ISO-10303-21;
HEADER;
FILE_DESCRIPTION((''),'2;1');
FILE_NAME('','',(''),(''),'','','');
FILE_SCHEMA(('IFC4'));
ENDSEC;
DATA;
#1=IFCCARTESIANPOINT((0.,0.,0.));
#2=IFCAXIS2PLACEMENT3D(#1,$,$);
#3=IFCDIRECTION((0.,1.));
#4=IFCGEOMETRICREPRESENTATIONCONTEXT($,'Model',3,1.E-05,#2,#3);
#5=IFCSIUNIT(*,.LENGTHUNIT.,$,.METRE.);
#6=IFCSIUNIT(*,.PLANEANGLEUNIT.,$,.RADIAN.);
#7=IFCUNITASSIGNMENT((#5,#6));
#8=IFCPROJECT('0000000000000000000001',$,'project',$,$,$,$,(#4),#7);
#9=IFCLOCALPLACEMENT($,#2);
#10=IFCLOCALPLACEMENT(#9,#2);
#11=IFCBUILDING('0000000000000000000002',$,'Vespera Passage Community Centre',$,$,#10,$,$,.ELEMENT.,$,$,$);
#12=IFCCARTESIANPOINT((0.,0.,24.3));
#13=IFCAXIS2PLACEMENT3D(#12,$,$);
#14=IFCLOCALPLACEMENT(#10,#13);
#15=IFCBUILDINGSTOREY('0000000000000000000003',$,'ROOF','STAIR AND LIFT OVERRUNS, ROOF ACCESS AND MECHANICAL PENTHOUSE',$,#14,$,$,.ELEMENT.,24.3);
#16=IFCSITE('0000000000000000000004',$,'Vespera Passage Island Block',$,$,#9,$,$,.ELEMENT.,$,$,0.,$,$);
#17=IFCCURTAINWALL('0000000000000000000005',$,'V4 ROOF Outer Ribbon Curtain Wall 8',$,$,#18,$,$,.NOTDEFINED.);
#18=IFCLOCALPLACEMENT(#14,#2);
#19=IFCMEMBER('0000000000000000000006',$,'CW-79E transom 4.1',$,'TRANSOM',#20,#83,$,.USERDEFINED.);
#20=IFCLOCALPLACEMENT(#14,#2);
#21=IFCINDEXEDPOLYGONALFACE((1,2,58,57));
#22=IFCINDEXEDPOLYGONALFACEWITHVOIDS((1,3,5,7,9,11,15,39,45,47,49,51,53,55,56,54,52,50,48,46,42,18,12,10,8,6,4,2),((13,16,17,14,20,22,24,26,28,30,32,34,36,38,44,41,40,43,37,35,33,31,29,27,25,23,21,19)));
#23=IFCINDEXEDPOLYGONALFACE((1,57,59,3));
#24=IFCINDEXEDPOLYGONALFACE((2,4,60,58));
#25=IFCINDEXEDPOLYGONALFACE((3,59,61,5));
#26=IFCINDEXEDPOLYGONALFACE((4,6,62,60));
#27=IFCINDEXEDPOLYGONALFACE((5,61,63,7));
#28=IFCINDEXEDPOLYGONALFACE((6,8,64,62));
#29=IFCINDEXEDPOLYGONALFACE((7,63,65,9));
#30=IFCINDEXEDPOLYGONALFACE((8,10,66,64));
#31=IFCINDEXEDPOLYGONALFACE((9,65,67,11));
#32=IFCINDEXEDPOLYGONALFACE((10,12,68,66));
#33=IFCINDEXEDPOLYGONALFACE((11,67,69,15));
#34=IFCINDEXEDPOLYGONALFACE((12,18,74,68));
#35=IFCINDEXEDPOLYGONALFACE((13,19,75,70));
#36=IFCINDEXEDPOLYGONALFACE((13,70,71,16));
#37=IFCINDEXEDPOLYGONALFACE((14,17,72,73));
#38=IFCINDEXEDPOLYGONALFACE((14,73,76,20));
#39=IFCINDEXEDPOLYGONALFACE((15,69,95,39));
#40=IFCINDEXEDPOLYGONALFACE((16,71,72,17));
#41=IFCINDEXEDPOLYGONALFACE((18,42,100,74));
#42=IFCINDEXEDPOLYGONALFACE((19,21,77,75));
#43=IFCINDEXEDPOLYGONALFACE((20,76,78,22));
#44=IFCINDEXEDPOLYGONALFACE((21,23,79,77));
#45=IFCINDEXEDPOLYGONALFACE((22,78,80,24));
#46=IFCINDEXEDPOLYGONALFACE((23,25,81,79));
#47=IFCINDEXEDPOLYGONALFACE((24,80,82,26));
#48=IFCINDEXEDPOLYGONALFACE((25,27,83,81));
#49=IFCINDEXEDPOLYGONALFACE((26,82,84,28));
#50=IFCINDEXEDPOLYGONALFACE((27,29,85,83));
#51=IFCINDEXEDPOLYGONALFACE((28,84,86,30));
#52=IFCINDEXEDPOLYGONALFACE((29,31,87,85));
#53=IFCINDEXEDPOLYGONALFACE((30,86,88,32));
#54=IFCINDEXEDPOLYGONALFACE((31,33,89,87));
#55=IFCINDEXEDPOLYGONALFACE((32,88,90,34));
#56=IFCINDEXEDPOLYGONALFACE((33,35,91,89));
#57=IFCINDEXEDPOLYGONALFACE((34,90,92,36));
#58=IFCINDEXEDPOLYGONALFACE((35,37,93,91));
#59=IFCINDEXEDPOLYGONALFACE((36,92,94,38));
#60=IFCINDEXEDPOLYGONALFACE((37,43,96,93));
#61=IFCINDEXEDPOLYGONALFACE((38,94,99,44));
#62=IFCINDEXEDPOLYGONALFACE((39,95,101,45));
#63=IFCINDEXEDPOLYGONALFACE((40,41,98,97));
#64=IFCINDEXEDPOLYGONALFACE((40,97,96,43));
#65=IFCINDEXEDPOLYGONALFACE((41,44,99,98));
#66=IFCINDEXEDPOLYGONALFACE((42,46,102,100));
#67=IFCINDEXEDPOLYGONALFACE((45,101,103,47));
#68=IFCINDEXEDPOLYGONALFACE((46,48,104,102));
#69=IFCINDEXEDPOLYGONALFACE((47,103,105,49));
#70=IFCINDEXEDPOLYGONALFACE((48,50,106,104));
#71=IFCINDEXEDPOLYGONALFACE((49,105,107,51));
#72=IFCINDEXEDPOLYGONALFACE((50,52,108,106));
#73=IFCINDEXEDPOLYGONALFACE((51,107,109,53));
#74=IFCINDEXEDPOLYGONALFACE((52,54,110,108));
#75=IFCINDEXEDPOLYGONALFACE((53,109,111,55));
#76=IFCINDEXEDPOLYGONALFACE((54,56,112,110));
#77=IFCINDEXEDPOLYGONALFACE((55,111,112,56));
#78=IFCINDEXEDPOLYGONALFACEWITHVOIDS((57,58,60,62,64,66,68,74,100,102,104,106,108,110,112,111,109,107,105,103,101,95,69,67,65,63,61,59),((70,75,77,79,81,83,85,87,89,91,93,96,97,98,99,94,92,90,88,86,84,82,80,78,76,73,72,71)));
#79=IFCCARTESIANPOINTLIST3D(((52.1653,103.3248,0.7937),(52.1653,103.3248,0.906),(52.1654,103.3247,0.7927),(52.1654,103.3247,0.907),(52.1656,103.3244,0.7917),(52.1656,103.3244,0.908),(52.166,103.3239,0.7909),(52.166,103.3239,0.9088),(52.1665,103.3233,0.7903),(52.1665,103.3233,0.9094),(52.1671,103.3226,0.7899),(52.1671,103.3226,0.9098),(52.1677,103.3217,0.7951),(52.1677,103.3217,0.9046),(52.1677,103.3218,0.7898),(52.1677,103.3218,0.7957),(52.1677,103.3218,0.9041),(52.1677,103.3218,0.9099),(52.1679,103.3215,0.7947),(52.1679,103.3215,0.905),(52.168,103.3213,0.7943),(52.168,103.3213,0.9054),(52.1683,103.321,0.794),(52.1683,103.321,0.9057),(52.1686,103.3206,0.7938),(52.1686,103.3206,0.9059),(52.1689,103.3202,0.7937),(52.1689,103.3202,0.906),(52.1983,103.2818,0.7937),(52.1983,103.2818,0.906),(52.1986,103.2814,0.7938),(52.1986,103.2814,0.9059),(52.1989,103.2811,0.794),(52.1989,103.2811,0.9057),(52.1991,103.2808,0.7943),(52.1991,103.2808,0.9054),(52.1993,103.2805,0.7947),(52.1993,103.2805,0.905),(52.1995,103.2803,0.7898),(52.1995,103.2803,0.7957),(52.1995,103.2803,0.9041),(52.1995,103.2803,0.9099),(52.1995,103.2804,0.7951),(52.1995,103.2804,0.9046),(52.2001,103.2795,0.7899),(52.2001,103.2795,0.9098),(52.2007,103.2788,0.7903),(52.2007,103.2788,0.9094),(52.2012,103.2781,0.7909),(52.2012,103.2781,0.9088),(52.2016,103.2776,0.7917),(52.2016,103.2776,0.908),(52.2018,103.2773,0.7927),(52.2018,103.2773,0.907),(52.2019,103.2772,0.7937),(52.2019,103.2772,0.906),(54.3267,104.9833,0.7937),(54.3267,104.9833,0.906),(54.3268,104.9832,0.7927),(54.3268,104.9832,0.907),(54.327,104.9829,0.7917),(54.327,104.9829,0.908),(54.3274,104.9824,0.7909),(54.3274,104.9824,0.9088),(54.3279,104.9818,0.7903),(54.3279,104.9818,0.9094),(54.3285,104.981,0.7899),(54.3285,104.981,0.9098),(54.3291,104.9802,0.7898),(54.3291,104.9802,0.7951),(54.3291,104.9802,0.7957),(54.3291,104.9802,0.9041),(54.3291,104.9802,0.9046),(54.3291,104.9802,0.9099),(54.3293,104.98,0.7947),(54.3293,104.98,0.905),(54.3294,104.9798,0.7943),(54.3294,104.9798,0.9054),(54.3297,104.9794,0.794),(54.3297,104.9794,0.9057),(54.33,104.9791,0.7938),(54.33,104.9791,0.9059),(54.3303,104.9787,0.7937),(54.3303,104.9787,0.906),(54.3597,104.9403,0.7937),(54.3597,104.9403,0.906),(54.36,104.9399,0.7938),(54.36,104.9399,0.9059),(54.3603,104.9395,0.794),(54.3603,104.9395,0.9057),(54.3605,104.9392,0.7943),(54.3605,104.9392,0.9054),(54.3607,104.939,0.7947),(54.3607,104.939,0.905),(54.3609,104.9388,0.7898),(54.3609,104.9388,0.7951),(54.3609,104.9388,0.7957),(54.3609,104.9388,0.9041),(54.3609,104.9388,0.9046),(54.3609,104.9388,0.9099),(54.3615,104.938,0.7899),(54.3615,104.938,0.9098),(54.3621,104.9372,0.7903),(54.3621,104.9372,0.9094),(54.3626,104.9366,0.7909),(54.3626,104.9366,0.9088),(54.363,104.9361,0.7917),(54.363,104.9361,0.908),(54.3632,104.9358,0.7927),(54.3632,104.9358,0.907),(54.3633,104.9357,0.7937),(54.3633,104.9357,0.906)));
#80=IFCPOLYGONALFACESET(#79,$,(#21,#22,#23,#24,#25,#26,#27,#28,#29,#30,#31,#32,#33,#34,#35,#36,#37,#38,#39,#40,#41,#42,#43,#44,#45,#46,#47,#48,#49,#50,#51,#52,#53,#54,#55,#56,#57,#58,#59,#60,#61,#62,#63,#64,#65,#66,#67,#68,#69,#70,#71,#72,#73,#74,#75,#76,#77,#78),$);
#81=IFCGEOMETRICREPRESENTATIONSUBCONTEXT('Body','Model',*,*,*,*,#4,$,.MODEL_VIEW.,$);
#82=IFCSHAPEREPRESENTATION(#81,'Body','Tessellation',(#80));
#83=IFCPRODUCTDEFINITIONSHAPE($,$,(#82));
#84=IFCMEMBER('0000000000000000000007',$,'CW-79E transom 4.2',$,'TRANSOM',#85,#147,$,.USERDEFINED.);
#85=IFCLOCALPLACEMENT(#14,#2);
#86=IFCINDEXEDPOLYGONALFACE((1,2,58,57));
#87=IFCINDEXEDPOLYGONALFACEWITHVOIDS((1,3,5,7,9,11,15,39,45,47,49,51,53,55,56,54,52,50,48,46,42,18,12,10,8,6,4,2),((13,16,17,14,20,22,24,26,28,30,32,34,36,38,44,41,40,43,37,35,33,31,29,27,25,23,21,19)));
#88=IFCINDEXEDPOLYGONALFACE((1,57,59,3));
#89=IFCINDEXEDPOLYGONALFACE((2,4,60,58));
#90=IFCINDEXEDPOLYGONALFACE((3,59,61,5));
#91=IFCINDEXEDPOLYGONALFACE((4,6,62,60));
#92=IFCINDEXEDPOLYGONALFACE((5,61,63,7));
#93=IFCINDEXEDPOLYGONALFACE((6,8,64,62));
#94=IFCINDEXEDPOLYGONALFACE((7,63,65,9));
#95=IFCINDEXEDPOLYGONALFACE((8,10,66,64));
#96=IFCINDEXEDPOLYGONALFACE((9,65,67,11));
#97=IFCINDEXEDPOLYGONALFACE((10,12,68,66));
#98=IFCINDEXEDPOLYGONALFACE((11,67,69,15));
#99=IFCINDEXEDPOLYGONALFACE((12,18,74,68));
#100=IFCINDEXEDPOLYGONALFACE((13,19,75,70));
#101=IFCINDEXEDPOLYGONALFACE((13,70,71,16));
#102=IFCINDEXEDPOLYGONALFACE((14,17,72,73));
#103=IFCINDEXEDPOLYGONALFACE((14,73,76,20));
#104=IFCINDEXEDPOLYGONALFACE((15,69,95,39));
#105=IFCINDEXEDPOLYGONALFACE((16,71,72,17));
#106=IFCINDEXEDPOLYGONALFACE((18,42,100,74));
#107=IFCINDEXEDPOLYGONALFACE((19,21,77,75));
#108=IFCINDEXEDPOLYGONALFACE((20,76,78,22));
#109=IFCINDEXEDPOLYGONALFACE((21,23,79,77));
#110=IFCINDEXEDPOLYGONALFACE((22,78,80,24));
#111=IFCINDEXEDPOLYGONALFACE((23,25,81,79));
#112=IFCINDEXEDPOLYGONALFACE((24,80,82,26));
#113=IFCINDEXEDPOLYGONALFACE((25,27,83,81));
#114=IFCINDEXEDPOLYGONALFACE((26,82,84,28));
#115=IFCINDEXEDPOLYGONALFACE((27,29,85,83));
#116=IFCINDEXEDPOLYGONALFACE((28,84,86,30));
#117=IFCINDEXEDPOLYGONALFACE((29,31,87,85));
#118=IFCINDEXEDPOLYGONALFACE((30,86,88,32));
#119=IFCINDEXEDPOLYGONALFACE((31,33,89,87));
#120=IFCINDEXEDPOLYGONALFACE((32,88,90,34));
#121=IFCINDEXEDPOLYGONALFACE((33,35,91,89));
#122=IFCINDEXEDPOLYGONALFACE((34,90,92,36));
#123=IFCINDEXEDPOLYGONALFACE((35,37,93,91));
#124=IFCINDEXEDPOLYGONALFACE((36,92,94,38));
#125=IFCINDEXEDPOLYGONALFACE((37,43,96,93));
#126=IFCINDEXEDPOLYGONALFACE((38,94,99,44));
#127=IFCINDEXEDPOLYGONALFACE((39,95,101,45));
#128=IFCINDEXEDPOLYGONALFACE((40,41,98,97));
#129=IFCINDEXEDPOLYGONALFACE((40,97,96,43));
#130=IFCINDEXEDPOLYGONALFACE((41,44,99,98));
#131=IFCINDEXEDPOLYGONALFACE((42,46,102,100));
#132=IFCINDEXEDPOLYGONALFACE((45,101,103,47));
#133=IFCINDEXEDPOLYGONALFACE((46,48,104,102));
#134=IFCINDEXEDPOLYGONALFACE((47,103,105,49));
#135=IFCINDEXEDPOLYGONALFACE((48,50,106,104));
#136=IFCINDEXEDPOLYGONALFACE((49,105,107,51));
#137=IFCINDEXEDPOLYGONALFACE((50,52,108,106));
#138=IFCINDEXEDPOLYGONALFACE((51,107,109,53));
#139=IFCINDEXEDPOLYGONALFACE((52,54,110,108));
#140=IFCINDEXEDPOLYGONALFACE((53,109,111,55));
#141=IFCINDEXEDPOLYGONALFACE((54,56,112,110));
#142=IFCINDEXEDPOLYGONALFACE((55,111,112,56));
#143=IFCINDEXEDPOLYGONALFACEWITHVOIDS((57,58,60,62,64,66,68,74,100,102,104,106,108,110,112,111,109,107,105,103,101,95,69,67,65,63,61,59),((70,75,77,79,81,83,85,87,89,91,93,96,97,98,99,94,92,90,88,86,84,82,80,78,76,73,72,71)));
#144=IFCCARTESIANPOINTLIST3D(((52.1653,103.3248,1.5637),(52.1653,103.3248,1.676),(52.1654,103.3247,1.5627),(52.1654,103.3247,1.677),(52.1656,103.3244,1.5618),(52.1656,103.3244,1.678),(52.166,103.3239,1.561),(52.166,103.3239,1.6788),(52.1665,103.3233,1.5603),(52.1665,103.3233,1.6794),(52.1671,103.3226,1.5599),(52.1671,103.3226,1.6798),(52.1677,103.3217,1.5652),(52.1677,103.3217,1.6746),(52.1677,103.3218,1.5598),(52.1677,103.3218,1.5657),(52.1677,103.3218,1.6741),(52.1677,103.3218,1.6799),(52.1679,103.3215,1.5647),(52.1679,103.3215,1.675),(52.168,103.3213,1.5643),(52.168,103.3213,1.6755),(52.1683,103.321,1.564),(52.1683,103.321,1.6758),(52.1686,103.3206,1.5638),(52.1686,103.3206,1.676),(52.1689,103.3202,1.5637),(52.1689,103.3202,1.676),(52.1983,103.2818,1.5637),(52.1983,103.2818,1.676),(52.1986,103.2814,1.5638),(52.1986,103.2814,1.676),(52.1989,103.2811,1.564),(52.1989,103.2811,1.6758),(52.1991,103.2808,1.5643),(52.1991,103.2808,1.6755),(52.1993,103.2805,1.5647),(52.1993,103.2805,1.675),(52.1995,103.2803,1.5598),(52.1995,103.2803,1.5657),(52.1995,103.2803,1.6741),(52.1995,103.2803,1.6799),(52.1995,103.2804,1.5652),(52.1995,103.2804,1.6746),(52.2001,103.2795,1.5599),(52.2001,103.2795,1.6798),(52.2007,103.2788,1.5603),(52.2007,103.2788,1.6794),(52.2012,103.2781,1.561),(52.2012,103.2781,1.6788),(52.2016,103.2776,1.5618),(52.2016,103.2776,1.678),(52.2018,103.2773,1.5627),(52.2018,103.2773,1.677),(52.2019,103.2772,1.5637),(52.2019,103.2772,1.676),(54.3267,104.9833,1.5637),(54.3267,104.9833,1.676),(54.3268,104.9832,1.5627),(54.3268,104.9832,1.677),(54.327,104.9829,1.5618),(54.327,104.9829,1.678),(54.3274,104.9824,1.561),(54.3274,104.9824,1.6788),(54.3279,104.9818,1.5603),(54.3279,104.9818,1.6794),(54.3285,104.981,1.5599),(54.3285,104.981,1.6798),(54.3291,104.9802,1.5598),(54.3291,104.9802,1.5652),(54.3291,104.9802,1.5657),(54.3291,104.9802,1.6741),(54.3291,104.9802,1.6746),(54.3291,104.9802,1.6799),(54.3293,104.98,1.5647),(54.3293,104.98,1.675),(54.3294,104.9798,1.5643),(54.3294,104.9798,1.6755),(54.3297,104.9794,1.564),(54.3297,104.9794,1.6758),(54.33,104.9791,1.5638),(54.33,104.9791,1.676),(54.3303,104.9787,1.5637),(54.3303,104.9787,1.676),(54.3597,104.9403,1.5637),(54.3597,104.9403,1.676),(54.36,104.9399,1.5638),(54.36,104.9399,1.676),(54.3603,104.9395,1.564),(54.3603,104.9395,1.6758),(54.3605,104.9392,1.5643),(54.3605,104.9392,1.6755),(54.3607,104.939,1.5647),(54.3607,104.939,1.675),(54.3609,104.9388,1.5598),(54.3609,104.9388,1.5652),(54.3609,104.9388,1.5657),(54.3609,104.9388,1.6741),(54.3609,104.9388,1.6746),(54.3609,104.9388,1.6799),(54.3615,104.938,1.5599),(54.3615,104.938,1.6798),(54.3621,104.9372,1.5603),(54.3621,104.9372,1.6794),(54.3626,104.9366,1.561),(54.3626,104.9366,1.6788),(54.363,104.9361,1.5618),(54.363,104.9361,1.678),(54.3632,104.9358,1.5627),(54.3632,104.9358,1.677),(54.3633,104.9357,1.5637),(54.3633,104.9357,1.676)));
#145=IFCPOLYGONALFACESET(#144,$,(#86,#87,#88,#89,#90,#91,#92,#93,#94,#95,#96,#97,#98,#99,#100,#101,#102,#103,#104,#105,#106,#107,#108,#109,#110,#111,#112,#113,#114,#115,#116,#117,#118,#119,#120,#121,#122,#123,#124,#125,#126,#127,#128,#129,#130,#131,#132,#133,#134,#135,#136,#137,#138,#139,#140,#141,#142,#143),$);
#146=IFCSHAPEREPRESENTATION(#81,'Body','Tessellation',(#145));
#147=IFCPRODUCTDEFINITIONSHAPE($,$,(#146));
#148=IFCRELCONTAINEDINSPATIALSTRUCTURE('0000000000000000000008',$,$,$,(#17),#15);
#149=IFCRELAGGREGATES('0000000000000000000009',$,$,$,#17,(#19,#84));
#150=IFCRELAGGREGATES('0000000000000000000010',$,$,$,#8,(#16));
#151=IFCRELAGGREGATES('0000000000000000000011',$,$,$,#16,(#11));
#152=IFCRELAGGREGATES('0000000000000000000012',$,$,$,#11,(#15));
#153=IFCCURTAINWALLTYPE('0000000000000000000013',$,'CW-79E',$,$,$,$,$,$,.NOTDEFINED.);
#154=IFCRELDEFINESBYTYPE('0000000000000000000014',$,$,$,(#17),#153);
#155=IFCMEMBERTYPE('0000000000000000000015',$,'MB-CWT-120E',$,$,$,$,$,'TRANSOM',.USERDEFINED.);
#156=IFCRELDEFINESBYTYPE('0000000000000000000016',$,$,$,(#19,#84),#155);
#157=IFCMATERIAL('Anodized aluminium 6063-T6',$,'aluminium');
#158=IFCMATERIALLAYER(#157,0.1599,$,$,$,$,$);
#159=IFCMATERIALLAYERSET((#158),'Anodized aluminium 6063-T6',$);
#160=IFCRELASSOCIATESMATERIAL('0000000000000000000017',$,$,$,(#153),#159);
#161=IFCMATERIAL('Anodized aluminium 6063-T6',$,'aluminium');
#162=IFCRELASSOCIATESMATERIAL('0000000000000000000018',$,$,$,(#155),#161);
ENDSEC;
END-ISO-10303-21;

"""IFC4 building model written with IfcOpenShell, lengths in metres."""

from ifc_helpers import new_model, si_unit, direction, frame, origin, origin_2d, place, context, subcontext, project, spatial, hollow_rectangle, extrude, material, layer, layer_set, material_profile, profile_set, type_object, element, aggregate, save


model = new_model("IFC4")

# Units and contexts
model_context = context("Model", 3, precision=1e-05, world=origin(), true_north=direction((0.0, 1.0)))
body_context = subcontext(model_context, "Body", "Model", "MODEL_VIEW")
ifc_project = project(units=[si_unit("LENGTHUNIT", "METRE"), si_unit("PLANEANGLEUNIT", "RADIAN")], contexts=[model_context])

# Site, building, storey
site_placement = place(None, origin())
site = spatial("IfcSite", under=ifc_project, at=site_placement, Name="Vespera Passage Island Block", CompositionType="ELEMENT", RefElevation=0.0)
building_placement = place(site_placement, origin())
building = spatial("IfcBuilding", under=site, at=building_placement, Name="Vespera Passage Community Centre", CompositionType="ELEMENT")
storey_placement = place(building_placement, frame((0.0, 0.0, 24.3)))
storey = spatial("IfcBuildingStorey", under=building, at=storey_placement, Name="ROOF", Description="STAIR AND LIFT OVERRUNS, ROOF ACCESS AND MECHANICAL PENTHOUSE", CompositionType="ELEMENT", Elevation=24.3)

# Curtain wall
ifc_material_1 = material(Name="Anodized aluminium 6063-T6", Category="aluminium")
ifc_layer_1 = layer(ifc_material_1, 0.1599)
ifc_layer_set_1 = layer_set([ifc_layer_1], Name="Anodized aluminium 6063-T6")
curtain_wall_type_1 = type_object("IfcCurtainWallType", Name="CW-79E", PredefinedType="NOTDEFINED", material=ifc_layer_set_1)
curtain_wall_1_placement = place(storey_placement, origin())
curtain_wall_1 = element("IfcCurtainWall", 1, at=curtain_wall_1_placement, inside=storey, type_object=curtain_wall_type_1, Name="V4 ROOF Outer Ribbon Curtain Wall 8", PredefinedType="NOTDEFINED")

# Members
ifc_material_2 = material(Name="Anodized aluminium 6063-T6", Category="aluminium")
ifc_material_profile_1 = material_profile(ifc_material_2, hollow_rectangle(XDim=0.0601, YDim=0.1201, WallThickness=0.0039, InnerFilletRadius=0.002, OuterFilletRadius=0.0039, at=origin_2d()), Name="ALU120X60X4")
ifc_profile_set_1 = profile_set([ifc_material_profile_1], Name="Anodized aluminium 6063-T6")
member_type_1 = type_object("IfcMemberType", Name="MB-CWT-120E", ElementType="TRANSOM", PredefinedType="USERDEFINED", material=ifc_profile_set_1)
member_1_placement = place(storey_placement, frame((52.1836, 103.301, 0.8499), z_axis=(0.79336, 0.608753, 0.0), x_axis=(-0.608753, 0.79336, 0.0)))
member_1 = element("IfcMember", 2, at=member_1_placement, type_object=member_type_1, Name="CW-79E transom 4.1", ObjectType="TRANSOM", PredefinedType="USERDEFINED", context=body_context, shape_type="SweptSolid", body=[
    extrude(hollow_rectangle(XDim=0.0601, YDim=0.1201, WallThickness=0.0039, InnerFilletRadius=0.002, OuterFilletRadius=0.0039, at=origin_2d()), origin(), (0.0, 0.0, 1.0), 2.7244),
])
member_2_placement = place(storey_placement, frame((52.1836, 103.301, 1.6199), z_axis=(0.79336, 0.608753, 0.0), x_axis=(-0.608753, 0.79336, 0.0)))
member_2 = element("IfcMember", 3, at=member_2_placement, type_object=member_type_1, Name="CW-79E transom 4.2", ObjectType="TRANSOM", PredefinedType="USERDEFINED", context=body_context, shape_type="SweptSolid", body=[
    extrude(hollow_rectangle(XDim=0.0601, YDim=0.1201, WallThickness=0.0039, InnerFilletRadius=0.002, OuterFilletRadius=0.0039, at=origin_2d()), origin(), (0.0, 0.0, 1.0), 2.7244),
])

aggregate(curtain_wall_1, [member_1, member_2])

save(model, "model.ifc")
